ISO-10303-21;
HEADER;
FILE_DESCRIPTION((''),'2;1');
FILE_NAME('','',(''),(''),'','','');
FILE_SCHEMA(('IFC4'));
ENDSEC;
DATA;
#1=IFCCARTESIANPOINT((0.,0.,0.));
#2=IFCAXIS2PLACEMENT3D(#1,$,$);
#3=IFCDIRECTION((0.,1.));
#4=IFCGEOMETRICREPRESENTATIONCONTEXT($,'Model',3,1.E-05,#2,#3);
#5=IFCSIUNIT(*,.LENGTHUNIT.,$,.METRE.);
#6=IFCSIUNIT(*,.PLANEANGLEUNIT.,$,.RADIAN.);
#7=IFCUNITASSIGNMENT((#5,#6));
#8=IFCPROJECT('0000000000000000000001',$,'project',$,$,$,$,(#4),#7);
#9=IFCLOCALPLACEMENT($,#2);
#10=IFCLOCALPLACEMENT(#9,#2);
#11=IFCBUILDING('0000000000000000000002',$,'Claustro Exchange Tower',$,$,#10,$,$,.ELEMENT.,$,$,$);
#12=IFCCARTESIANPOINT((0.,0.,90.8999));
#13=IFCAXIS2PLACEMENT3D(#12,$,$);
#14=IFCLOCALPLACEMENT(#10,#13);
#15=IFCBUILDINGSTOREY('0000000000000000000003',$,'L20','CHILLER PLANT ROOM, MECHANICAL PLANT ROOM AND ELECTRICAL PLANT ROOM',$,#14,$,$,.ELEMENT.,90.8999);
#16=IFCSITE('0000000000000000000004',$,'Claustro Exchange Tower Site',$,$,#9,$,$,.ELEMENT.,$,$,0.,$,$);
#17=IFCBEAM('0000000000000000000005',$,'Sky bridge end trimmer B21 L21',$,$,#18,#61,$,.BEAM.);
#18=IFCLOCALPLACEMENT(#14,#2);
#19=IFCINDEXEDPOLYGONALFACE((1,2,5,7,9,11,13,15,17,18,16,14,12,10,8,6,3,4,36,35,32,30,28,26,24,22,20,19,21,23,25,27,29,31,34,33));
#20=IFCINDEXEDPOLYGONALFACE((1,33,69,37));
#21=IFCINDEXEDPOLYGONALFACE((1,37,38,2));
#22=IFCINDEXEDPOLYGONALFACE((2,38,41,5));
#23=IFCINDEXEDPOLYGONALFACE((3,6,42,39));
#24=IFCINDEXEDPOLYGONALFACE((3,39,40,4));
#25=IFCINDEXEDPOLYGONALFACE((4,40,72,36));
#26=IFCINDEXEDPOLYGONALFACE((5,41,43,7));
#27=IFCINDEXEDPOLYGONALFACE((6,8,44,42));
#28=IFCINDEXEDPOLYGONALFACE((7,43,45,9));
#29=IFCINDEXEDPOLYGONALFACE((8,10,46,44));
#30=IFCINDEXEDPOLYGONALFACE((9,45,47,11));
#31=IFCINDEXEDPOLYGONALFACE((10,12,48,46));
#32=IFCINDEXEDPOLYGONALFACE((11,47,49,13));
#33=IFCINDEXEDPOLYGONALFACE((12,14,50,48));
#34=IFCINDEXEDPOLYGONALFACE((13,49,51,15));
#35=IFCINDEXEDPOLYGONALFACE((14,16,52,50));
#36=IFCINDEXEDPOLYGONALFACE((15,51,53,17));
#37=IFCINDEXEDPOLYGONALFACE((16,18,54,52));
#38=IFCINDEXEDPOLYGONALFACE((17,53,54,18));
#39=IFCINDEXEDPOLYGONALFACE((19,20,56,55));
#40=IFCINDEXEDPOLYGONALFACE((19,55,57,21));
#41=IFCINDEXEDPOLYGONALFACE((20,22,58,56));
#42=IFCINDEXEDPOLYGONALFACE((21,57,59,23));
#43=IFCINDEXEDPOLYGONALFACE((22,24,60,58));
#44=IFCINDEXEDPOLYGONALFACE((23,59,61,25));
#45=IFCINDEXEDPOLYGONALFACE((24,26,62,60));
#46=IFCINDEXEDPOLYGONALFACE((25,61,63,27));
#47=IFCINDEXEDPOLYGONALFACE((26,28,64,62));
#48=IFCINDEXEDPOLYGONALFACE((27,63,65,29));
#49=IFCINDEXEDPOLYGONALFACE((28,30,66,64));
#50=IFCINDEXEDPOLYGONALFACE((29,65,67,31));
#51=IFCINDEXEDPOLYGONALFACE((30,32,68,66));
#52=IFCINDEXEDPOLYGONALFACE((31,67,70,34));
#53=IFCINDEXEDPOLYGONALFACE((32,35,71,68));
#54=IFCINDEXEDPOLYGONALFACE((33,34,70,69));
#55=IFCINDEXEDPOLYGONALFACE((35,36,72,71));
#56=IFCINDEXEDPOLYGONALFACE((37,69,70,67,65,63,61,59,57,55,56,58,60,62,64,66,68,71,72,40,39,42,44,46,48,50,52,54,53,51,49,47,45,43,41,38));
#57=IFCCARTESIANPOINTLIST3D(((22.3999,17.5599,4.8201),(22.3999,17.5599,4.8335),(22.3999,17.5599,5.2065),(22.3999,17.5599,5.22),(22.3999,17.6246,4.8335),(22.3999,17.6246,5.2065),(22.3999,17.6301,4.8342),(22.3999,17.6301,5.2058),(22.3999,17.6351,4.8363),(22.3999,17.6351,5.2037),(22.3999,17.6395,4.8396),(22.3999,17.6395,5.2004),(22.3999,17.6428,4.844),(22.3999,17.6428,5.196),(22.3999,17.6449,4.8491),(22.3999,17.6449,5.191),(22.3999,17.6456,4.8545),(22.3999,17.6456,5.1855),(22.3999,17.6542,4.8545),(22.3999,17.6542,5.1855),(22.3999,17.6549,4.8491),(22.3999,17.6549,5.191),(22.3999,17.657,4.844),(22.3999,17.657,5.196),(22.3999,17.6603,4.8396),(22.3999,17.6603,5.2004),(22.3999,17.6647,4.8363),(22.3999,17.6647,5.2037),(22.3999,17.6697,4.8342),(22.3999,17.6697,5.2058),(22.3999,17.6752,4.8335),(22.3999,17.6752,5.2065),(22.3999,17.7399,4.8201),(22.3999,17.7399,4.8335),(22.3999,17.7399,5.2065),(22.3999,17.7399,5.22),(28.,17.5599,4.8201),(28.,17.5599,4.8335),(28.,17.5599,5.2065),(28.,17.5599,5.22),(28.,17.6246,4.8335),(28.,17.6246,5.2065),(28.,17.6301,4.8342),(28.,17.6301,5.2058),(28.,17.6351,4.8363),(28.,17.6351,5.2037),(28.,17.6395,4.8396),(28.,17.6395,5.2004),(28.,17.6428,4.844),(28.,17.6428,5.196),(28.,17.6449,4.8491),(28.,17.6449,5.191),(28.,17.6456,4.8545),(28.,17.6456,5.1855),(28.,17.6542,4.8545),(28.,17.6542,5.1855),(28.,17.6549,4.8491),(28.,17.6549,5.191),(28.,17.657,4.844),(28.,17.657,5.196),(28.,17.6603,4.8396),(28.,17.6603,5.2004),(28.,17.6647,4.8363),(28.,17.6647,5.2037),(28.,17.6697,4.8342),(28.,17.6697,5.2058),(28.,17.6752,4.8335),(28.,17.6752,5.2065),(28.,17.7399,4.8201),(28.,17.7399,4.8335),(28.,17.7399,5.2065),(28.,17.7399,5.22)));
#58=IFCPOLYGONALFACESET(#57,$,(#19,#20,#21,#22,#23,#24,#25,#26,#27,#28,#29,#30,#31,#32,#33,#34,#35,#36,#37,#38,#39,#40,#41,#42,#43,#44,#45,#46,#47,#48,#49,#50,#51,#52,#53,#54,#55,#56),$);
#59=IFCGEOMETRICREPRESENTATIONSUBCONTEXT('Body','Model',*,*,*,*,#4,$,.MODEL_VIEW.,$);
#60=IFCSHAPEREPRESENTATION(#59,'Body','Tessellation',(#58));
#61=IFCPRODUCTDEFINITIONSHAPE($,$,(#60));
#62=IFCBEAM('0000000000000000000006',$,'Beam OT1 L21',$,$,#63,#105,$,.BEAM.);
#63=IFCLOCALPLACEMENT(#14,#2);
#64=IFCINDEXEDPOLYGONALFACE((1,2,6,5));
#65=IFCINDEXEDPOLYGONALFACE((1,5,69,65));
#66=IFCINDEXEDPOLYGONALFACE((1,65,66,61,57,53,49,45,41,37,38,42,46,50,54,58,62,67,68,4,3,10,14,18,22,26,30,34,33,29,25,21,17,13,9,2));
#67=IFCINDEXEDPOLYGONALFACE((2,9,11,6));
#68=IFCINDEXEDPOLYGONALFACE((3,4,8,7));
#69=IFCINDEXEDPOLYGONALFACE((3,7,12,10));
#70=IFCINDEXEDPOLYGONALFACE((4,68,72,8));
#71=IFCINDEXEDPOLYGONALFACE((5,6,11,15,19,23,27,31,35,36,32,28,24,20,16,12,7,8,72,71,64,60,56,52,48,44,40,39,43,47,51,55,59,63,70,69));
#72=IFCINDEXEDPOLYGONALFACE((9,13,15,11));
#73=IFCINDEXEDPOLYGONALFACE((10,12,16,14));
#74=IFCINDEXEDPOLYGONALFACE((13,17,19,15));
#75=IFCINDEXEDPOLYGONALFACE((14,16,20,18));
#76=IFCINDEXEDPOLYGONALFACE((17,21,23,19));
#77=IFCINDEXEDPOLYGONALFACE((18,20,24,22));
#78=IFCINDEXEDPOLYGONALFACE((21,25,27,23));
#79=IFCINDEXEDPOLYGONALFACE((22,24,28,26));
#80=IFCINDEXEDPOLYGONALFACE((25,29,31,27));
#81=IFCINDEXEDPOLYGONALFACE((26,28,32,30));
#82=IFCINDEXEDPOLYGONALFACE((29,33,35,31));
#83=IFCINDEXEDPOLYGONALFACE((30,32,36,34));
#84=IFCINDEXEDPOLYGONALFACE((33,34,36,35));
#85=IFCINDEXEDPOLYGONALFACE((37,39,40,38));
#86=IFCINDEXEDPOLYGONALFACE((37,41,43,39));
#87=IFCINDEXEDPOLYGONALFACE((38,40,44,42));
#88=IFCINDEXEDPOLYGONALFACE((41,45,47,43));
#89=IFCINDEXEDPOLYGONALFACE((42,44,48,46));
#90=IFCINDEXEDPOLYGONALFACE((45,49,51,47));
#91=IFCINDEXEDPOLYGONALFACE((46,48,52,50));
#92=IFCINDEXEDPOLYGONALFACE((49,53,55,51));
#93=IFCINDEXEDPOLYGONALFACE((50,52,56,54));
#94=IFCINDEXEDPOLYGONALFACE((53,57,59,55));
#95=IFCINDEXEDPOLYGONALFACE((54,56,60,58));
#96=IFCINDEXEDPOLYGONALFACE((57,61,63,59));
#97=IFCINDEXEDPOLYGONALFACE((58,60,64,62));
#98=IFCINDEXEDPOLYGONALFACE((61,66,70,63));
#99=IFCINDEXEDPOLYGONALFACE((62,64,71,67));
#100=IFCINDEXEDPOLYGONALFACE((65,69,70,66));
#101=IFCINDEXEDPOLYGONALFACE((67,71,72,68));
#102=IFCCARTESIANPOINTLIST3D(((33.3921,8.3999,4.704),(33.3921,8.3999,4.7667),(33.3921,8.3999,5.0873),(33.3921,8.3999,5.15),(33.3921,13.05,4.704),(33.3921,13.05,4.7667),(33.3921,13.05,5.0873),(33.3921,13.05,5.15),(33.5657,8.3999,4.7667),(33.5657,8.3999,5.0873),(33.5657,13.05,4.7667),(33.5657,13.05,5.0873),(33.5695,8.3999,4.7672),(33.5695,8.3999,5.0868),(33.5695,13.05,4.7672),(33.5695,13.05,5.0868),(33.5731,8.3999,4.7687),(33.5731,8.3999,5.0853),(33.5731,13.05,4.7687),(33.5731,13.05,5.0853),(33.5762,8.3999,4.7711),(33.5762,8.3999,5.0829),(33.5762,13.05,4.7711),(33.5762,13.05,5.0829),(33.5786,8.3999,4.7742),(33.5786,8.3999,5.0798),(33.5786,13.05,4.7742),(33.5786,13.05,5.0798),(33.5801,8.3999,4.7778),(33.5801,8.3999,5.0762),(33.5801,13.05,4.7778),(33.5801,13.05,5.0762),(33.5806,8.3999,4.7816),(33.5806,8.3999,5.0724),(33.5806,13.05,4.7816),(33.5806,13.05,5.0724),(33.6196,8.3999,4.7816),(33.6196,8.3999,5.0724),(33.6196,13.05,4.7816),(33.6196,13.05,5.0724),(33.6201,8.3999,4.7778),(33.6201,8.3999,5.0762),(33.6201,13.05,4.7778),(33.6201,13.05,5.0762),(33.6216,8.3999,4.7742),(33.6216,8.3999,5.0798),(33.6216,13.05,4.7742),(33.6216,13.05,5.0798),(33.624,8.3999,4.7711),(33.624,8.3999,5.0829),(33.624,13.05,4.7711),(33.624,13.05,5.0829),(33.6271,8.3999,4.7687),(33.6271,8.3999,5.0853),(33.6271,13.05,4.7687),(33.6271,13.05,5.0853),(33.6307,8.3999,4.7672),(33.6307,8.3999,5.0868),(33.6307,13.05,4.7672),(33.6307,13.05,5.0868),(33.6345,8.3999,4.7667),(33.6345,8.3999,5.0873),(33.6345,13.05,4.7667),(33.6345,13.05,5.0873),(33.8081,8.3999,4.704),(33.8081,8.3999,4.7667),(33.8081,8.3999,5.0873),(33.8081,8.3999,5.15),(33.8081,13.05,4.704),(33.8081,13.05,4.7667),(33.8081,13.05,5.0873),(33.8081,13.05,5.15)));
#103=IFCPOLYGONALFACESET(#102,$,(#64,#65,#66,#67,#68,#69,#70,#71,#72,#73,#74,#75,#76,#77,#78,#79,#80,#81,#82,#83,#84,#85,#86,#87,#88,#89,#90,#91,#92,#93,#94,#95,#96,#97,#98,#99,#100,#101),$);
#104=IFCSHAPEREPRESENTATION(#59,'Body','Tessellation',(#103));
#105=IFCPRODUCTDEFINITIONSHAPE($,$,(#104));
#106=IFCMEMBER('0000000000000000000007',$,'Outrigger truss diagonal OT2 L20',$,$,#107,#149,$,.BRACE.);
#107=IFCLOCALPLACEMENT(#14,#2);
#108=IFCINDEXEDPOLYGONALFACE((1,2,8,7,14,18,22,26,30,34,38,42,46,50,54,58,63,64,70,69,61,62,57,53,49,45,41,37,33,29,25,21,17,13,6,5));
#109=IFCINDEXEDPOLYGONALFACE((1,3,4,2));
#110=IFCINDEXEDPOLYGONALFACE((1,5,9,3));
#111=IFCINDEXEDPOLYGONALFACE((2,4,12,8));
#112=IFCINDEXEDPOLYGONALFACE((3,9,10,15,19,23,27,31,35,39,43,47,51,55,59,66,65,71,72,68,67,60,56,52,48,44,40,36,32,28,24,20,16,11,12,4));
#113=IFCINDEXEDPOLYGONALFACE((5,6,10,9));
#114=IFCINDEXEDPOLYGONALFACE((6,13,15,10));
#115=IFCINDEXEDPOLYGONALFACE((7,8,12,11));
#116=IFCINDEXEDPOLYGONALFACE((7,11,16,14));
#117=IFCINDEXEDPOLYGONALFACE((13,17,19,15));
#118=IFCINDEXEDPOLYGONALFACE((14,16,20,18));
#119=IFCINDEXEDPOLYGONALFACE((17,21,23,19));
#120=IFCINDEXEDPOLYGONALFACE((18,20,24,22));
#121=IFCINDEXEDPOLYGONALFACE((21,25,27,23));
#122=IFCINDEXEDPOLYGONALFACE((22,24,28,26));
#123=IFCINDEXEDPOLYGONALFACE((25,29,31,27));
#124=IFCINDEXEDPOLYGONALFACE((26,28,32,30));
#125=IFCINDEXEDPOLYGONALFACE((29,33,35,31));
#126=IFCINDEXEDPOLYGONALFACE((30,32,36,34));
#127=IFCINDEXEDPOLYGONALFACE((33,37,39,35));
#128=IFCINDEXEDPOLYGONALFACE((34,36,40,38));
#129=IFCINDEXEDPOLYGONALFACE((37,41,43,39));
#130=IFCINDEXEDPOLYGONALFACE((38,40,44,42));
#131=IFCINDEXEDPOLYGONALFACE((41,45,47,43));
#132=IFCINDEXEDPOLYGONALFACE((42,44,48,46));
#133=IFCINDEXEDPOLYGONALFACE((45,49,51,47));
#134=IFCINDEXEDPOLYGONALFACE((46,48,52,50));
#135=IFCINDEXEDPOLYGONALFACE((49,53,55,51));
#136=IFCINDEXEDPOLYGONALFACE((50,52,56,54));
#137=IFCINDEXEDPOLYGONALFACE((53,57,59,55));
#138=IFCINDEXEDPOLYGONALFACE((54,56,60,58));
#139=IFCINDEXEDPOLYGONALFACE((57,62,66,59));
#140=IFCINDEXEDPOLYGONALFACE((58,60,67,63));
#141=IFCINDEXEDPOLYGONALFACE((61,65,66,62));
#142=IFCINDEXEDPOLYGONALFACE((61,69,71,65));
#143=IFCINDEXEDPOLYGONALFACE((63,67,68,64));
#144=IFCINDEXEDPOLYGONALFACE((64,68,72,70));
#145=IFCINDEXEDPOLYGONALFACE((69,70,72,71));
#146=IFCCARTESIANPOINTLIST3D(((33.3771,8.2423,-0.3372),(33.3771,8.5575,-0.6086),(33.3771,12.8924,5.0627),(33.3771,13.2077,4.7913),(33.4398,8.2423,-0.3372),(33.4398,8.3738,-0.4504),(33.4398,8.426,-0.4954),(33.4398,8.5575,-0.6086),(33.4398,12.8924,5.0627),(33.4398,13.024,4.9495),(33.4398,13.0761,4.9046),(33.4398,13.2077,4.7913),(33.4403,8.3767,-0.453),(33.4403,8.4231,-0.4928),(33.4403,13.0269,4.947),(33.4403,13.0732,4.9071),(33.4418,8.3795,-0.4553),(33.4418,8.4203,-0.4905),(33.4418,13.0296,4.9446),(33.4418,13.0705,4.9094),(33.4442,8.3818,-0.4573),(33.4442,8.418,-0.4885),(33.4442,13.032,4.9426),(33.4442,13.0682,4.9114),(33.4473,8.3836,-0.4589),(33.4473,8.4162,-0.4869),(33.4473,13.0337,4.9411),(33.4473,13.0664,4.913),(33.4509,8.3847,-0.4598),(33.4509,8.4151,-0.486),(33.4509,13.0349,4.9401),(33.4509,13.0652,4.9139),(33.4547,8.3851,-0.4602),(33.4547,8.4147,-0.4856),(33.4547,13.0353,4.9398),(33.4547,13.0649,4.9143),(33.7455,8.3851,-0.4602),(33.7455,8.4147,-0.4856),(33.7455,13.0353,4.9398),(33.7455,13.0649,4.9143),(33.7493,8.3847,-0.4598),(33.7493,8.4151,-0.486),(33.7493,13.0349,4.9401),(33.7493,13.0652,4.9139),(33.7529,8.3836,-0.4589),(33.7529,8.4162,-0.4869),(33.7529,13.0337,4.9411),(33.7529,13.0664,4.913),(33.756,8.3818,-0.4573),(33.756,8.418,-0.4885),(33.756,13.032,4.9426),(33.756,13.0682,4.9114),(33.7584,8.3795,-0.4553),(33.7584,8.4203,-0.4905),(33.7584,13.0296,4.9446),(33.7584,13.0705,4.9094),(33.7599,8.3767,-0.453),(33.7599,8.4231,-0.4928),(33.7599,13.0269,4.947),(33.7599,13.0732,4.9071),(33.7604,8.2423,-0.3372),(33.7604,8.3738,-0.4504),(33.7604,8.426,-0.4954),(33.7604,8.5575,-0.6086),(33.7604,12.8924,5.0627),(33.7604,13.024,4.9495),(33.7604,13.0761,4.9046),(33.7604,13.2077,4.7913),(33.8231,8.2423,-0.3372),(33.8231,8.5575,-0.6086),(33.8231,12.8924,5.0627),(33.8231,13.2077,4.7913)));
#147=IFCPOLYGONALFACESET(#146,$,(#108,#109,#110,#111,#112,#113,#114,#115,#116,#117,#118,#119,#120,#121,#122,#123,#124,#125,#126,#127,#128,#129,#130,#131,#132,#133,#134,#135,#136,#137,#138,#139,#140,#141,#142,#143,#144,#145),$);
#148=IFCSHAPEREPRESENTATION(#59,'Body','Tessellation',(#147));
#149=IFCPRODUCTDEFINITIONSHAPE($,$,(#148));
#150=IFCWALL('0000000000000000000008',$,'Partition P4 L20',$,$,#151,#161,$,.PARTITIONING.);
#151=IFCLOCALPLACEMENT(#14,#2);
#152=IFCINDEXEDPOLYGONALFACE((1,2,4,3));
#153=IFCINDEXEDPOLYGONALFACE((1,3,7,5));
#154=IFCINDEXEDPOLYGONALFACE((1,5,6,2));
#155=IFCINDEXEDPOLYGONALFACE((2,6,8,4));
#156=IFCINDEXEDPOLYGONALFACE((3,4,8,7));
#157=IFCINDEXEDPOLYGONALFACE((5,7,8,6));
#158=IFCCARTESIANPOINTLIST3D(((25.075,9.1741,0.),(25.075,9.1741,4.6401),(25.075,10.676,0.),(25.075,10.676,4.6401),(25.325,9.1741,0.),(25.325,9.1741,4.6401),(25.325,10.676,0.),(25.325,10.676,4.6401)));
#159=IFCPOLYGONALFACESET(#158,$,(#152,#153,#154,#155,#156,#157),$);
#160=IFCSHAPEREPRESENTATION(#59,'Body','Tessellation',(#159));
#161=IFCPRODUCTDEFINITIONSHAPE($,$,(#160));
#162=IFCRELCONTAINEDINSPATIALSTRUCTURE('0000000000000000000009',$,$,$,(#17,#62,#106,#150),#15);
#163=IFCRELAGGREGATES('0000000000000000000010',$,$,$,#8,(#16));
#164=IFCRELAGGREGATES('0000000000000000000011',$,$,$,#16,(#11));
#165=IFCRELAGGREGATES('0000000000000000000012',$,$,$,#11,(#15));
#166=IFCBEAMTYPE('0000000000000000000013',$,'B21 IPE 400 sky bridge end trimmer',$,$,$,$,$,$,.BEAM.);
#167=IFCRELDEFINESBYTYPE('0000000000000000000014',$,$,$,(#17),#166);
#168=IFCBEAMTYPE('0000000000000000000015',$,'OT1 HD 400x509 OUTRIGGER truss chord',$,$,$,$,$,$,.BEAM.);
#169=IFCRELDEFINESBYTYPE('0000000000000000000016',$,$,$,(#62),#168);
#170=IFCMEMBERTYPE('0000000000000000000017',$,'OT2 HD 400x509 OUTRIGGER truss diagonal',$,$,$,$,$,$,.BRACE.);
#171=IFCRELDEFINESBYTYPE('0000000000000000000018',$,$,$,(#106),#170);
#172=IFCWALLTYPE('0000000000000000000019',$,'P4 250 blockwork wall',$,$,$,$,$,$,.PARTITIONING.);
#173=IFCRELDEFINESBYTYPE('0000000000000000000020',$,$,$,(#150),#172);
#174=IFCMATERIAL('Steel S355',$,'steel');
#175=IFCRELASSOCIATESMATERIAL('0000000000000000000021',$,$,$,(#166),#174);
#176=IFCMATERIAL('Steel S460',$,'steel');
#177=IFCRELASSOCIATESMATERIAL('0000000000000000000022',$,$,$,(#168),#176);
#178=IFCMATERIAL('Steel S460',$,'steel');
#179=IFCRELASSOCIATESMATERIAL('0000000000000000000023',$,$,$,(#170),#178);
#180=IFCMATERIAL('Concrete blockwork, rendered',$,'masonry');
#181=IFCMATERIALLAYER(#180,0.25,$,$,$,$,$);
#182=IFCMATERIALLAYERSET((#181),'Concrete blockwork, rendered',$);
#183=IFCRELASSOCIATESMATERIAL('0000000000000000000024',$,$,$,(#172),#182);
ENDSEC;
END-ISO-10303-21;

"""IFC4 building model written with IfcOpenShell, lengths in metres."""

from ifc_helpers import new_model, si_unit, direction, frame, frame_2d, origin, origin_2d, place, context, subcontext, project, spatial, rectangle, i_section, extrude, material, layer, layer_set, material_profile, profile_set, type_object, element, save


model = new_model("IFC4")

# Units and contexts
model_context = context("Model", 3, precision=1e-05, world=origin(), true_north=direction((0.0, 1.0)))
body_context = subcontext(model_context, "Body", "Model", "MODEL_VIEW")
ifc_project = project(units=[si_unit("LENGTHUNIT", "METRE"), si_unit("PLANEANGLEUNIT", "RADIAN")], contexts=[model_context])

# Site, building, storey
site_placement = place(None, origin())
site = spatial("IfcSite", under=ifc_project, at=site_placement, Name="Claustro Exchange Tower Site", CompositionType="ELEMENT", RefElevation=0.0)
building_placement = place(site_placement, origin())
building = spatial("IfcBuilding", under=site, at=building_placement, Name="Claustro Exchange Tower", CompositionType="ELEMENT")
storey_placement = place(building_placement, frame((0.0, 0.0, 90.8999)))
storey = spatial("IfcBuildingStorey", under=building, at=storey_placement, Name="L20", Description="CHILLER PLANT ROOM, MECHANICAL PLANT ROOM AND ELECTRICAL PLANT ROOM", CompositionType="ELEMENT", Elevation=90.8999)

# Beams
ifc_material_1 = material(Name="Steel S355", Category="steel")
ifc_material_profile_1 = material_profile(ifc_material_1, i_section(OverallWidth=0.1799, OverallDepth=0.3999, WebThickness=0.0085, FlangeThickness=0.0134, FilletRadius=0.021, at=origin_2d()), Name="IPE 400")
ifc_profile_set_1 = profile_set([ifc_material_profile_1], Name="Steel S355")
beam_type_1 = type_object("IfcBeamType", Name="B21 IPE 400 sky bridge end trimmer", PredefinedType="BEAM", material=ifc_profile_set_1)
beam_1_placement = place(storey_placement, frame((22.3999, 17.6499, 5.02), z_axis=(1.0, 0.0, 0.0), x_axis=(0.0, 1.0, 0.0)))
element("IfcBeam", 1, at=beam_1_placement, inside=storey, type_object=beam_type_1, Name="Sky bridge end trimmer B21 L21", PredefinedType="BEAM", context=body_context, shape_type="SweptSolid", body=[
    extrude(i_section(OverallWidth=0.1799, OverallDepth=0.3999, WebThickness=0.0085, FlangeThickness=0.0134, FilletRadius=0.021, at=origin_2d()), origin(), (0.0, 0.0, 1.0), 5.6001),
])
ifc_material_2 = material(Name="Steel S460", Category="steel")
ifc_material_profile_2 = material_profile(ifc_material_2, i_section(OverallWidth=0.416, OverallDepth=0.446, WebThickness=0.0391, FlangeThickness=0.0627, FilletRadius=0.0149, at=origin_2d()), Name="HD 400x509")
ifc_profile_set_2 = profile_set([ifc_material_profile_2], Name="Steel S460")
beam_type_2 = type_object("IfcBeamType", Name="OT1 HD 400x509 OUTRIGGER truss chord", PredefinedType="BEAM", material=ifc_profile_set_2)
beam_2_placement = place(storey_placement, frame((33.6001, 8.3999, 4.927), z_axis=(0.0, 1.0, 0.0), x_axis=(-1.0, 0.0, 0.0)))
element("IfcBeam", 2, at=beam_2_placement, inside=storey, type_object=beam_type_2, Name="Beam OT1 L21", PredefinedType="BEAM", context=body_context, shape_type="SweptSolid", body=[
    extrude(i_section(OverallWidth=0.416, OverallDepth=0.446, WebThickness=0.0391, FlangeThickness=0.0627, FilletRadius=0.0149, at=origin_2d()), origin(), (0.0, 0.0, 1.0), 4.6501),
])

# Member
ifc_material_3 = material(Name="Steel S460", Category="steel")
ifc_material_profile_3 = material_profile(ifc_material_3, i_section(OverallWidth=0.416, OverallDepth=0.446, WebThickness=0.0391, FlangeThickness=0.0627, FilletRadius=0.0149, at=origin_2d()), Name="HD 400x509")
ifc_profile_set_3 = profile_set([ifc_material_profile_3], Name="Steel S460")
member_type = type_object("IfcMemberType", Name="OT2 HD 400x509 OUTRIGGER truss diagonal", PredefinedType="BRACE", material=ifc_profile_set_3)
member_placement = place(storey_placement, frame((33.6001, 8.3999, -0.4729), z_axis=(0.0, 0.652542, 0.757753), x_axis=(0.0, -0.757753, 0.652542)))
element("IfcMember", 3, at=member_placement, inside=storey, type_object=member_type, Name="Outrigger truss diagonal OT2 L20", PredefinedType="BRACE", context=body_context, shape_type="SweptSolid", body=[
    extrude(i_section(OverallWidth=0.416, OverallDepth=0.446, WebThickness=0.0391, FlangeThickness=0.0627, FilletRadius=0.0149, at=origin_2d()), origin(), (0.0, 0.0, 1.0), 7.1262),
])

# Wall
ifc_material_4 = material(Name="Concrete blockwork, rendered", Category="masonry")
ifc_layer_1 = layer(ifc_material_4, 0.25)
ifc_layer_set_1 = layer_set([ifc_layer_1], Name="Concrete blockwork, rendered")
wall_type_1 = type_object("IfcWallType", Name="P4 250 blockwork wall", PredefinedType="PARTITIONING", material=ifc_layer_set_1)
wall_1_placement = place(storey_placement, frame((25.2, 9.1741, 0.0), z_axis=(0.0, 0.0, 1.0), x_axis=(0.0, 1.0, 0.0)))
element("IfcWall", 4, at=wall_1_placement, inside=storey, type_object=wall_type_1, Name="Partition P4 L20", PredefinedType="PARTITIONING", context=body_context, shape_type="SweptSolid", body=[
    extrude(rectangle(XDim=1.502, YDim=0.25, at=frame_2d((0.751, 0.0))), origin(), (0.0, 0.0, 1.0), 4.6401),
])

save(model, "model.ifc")
